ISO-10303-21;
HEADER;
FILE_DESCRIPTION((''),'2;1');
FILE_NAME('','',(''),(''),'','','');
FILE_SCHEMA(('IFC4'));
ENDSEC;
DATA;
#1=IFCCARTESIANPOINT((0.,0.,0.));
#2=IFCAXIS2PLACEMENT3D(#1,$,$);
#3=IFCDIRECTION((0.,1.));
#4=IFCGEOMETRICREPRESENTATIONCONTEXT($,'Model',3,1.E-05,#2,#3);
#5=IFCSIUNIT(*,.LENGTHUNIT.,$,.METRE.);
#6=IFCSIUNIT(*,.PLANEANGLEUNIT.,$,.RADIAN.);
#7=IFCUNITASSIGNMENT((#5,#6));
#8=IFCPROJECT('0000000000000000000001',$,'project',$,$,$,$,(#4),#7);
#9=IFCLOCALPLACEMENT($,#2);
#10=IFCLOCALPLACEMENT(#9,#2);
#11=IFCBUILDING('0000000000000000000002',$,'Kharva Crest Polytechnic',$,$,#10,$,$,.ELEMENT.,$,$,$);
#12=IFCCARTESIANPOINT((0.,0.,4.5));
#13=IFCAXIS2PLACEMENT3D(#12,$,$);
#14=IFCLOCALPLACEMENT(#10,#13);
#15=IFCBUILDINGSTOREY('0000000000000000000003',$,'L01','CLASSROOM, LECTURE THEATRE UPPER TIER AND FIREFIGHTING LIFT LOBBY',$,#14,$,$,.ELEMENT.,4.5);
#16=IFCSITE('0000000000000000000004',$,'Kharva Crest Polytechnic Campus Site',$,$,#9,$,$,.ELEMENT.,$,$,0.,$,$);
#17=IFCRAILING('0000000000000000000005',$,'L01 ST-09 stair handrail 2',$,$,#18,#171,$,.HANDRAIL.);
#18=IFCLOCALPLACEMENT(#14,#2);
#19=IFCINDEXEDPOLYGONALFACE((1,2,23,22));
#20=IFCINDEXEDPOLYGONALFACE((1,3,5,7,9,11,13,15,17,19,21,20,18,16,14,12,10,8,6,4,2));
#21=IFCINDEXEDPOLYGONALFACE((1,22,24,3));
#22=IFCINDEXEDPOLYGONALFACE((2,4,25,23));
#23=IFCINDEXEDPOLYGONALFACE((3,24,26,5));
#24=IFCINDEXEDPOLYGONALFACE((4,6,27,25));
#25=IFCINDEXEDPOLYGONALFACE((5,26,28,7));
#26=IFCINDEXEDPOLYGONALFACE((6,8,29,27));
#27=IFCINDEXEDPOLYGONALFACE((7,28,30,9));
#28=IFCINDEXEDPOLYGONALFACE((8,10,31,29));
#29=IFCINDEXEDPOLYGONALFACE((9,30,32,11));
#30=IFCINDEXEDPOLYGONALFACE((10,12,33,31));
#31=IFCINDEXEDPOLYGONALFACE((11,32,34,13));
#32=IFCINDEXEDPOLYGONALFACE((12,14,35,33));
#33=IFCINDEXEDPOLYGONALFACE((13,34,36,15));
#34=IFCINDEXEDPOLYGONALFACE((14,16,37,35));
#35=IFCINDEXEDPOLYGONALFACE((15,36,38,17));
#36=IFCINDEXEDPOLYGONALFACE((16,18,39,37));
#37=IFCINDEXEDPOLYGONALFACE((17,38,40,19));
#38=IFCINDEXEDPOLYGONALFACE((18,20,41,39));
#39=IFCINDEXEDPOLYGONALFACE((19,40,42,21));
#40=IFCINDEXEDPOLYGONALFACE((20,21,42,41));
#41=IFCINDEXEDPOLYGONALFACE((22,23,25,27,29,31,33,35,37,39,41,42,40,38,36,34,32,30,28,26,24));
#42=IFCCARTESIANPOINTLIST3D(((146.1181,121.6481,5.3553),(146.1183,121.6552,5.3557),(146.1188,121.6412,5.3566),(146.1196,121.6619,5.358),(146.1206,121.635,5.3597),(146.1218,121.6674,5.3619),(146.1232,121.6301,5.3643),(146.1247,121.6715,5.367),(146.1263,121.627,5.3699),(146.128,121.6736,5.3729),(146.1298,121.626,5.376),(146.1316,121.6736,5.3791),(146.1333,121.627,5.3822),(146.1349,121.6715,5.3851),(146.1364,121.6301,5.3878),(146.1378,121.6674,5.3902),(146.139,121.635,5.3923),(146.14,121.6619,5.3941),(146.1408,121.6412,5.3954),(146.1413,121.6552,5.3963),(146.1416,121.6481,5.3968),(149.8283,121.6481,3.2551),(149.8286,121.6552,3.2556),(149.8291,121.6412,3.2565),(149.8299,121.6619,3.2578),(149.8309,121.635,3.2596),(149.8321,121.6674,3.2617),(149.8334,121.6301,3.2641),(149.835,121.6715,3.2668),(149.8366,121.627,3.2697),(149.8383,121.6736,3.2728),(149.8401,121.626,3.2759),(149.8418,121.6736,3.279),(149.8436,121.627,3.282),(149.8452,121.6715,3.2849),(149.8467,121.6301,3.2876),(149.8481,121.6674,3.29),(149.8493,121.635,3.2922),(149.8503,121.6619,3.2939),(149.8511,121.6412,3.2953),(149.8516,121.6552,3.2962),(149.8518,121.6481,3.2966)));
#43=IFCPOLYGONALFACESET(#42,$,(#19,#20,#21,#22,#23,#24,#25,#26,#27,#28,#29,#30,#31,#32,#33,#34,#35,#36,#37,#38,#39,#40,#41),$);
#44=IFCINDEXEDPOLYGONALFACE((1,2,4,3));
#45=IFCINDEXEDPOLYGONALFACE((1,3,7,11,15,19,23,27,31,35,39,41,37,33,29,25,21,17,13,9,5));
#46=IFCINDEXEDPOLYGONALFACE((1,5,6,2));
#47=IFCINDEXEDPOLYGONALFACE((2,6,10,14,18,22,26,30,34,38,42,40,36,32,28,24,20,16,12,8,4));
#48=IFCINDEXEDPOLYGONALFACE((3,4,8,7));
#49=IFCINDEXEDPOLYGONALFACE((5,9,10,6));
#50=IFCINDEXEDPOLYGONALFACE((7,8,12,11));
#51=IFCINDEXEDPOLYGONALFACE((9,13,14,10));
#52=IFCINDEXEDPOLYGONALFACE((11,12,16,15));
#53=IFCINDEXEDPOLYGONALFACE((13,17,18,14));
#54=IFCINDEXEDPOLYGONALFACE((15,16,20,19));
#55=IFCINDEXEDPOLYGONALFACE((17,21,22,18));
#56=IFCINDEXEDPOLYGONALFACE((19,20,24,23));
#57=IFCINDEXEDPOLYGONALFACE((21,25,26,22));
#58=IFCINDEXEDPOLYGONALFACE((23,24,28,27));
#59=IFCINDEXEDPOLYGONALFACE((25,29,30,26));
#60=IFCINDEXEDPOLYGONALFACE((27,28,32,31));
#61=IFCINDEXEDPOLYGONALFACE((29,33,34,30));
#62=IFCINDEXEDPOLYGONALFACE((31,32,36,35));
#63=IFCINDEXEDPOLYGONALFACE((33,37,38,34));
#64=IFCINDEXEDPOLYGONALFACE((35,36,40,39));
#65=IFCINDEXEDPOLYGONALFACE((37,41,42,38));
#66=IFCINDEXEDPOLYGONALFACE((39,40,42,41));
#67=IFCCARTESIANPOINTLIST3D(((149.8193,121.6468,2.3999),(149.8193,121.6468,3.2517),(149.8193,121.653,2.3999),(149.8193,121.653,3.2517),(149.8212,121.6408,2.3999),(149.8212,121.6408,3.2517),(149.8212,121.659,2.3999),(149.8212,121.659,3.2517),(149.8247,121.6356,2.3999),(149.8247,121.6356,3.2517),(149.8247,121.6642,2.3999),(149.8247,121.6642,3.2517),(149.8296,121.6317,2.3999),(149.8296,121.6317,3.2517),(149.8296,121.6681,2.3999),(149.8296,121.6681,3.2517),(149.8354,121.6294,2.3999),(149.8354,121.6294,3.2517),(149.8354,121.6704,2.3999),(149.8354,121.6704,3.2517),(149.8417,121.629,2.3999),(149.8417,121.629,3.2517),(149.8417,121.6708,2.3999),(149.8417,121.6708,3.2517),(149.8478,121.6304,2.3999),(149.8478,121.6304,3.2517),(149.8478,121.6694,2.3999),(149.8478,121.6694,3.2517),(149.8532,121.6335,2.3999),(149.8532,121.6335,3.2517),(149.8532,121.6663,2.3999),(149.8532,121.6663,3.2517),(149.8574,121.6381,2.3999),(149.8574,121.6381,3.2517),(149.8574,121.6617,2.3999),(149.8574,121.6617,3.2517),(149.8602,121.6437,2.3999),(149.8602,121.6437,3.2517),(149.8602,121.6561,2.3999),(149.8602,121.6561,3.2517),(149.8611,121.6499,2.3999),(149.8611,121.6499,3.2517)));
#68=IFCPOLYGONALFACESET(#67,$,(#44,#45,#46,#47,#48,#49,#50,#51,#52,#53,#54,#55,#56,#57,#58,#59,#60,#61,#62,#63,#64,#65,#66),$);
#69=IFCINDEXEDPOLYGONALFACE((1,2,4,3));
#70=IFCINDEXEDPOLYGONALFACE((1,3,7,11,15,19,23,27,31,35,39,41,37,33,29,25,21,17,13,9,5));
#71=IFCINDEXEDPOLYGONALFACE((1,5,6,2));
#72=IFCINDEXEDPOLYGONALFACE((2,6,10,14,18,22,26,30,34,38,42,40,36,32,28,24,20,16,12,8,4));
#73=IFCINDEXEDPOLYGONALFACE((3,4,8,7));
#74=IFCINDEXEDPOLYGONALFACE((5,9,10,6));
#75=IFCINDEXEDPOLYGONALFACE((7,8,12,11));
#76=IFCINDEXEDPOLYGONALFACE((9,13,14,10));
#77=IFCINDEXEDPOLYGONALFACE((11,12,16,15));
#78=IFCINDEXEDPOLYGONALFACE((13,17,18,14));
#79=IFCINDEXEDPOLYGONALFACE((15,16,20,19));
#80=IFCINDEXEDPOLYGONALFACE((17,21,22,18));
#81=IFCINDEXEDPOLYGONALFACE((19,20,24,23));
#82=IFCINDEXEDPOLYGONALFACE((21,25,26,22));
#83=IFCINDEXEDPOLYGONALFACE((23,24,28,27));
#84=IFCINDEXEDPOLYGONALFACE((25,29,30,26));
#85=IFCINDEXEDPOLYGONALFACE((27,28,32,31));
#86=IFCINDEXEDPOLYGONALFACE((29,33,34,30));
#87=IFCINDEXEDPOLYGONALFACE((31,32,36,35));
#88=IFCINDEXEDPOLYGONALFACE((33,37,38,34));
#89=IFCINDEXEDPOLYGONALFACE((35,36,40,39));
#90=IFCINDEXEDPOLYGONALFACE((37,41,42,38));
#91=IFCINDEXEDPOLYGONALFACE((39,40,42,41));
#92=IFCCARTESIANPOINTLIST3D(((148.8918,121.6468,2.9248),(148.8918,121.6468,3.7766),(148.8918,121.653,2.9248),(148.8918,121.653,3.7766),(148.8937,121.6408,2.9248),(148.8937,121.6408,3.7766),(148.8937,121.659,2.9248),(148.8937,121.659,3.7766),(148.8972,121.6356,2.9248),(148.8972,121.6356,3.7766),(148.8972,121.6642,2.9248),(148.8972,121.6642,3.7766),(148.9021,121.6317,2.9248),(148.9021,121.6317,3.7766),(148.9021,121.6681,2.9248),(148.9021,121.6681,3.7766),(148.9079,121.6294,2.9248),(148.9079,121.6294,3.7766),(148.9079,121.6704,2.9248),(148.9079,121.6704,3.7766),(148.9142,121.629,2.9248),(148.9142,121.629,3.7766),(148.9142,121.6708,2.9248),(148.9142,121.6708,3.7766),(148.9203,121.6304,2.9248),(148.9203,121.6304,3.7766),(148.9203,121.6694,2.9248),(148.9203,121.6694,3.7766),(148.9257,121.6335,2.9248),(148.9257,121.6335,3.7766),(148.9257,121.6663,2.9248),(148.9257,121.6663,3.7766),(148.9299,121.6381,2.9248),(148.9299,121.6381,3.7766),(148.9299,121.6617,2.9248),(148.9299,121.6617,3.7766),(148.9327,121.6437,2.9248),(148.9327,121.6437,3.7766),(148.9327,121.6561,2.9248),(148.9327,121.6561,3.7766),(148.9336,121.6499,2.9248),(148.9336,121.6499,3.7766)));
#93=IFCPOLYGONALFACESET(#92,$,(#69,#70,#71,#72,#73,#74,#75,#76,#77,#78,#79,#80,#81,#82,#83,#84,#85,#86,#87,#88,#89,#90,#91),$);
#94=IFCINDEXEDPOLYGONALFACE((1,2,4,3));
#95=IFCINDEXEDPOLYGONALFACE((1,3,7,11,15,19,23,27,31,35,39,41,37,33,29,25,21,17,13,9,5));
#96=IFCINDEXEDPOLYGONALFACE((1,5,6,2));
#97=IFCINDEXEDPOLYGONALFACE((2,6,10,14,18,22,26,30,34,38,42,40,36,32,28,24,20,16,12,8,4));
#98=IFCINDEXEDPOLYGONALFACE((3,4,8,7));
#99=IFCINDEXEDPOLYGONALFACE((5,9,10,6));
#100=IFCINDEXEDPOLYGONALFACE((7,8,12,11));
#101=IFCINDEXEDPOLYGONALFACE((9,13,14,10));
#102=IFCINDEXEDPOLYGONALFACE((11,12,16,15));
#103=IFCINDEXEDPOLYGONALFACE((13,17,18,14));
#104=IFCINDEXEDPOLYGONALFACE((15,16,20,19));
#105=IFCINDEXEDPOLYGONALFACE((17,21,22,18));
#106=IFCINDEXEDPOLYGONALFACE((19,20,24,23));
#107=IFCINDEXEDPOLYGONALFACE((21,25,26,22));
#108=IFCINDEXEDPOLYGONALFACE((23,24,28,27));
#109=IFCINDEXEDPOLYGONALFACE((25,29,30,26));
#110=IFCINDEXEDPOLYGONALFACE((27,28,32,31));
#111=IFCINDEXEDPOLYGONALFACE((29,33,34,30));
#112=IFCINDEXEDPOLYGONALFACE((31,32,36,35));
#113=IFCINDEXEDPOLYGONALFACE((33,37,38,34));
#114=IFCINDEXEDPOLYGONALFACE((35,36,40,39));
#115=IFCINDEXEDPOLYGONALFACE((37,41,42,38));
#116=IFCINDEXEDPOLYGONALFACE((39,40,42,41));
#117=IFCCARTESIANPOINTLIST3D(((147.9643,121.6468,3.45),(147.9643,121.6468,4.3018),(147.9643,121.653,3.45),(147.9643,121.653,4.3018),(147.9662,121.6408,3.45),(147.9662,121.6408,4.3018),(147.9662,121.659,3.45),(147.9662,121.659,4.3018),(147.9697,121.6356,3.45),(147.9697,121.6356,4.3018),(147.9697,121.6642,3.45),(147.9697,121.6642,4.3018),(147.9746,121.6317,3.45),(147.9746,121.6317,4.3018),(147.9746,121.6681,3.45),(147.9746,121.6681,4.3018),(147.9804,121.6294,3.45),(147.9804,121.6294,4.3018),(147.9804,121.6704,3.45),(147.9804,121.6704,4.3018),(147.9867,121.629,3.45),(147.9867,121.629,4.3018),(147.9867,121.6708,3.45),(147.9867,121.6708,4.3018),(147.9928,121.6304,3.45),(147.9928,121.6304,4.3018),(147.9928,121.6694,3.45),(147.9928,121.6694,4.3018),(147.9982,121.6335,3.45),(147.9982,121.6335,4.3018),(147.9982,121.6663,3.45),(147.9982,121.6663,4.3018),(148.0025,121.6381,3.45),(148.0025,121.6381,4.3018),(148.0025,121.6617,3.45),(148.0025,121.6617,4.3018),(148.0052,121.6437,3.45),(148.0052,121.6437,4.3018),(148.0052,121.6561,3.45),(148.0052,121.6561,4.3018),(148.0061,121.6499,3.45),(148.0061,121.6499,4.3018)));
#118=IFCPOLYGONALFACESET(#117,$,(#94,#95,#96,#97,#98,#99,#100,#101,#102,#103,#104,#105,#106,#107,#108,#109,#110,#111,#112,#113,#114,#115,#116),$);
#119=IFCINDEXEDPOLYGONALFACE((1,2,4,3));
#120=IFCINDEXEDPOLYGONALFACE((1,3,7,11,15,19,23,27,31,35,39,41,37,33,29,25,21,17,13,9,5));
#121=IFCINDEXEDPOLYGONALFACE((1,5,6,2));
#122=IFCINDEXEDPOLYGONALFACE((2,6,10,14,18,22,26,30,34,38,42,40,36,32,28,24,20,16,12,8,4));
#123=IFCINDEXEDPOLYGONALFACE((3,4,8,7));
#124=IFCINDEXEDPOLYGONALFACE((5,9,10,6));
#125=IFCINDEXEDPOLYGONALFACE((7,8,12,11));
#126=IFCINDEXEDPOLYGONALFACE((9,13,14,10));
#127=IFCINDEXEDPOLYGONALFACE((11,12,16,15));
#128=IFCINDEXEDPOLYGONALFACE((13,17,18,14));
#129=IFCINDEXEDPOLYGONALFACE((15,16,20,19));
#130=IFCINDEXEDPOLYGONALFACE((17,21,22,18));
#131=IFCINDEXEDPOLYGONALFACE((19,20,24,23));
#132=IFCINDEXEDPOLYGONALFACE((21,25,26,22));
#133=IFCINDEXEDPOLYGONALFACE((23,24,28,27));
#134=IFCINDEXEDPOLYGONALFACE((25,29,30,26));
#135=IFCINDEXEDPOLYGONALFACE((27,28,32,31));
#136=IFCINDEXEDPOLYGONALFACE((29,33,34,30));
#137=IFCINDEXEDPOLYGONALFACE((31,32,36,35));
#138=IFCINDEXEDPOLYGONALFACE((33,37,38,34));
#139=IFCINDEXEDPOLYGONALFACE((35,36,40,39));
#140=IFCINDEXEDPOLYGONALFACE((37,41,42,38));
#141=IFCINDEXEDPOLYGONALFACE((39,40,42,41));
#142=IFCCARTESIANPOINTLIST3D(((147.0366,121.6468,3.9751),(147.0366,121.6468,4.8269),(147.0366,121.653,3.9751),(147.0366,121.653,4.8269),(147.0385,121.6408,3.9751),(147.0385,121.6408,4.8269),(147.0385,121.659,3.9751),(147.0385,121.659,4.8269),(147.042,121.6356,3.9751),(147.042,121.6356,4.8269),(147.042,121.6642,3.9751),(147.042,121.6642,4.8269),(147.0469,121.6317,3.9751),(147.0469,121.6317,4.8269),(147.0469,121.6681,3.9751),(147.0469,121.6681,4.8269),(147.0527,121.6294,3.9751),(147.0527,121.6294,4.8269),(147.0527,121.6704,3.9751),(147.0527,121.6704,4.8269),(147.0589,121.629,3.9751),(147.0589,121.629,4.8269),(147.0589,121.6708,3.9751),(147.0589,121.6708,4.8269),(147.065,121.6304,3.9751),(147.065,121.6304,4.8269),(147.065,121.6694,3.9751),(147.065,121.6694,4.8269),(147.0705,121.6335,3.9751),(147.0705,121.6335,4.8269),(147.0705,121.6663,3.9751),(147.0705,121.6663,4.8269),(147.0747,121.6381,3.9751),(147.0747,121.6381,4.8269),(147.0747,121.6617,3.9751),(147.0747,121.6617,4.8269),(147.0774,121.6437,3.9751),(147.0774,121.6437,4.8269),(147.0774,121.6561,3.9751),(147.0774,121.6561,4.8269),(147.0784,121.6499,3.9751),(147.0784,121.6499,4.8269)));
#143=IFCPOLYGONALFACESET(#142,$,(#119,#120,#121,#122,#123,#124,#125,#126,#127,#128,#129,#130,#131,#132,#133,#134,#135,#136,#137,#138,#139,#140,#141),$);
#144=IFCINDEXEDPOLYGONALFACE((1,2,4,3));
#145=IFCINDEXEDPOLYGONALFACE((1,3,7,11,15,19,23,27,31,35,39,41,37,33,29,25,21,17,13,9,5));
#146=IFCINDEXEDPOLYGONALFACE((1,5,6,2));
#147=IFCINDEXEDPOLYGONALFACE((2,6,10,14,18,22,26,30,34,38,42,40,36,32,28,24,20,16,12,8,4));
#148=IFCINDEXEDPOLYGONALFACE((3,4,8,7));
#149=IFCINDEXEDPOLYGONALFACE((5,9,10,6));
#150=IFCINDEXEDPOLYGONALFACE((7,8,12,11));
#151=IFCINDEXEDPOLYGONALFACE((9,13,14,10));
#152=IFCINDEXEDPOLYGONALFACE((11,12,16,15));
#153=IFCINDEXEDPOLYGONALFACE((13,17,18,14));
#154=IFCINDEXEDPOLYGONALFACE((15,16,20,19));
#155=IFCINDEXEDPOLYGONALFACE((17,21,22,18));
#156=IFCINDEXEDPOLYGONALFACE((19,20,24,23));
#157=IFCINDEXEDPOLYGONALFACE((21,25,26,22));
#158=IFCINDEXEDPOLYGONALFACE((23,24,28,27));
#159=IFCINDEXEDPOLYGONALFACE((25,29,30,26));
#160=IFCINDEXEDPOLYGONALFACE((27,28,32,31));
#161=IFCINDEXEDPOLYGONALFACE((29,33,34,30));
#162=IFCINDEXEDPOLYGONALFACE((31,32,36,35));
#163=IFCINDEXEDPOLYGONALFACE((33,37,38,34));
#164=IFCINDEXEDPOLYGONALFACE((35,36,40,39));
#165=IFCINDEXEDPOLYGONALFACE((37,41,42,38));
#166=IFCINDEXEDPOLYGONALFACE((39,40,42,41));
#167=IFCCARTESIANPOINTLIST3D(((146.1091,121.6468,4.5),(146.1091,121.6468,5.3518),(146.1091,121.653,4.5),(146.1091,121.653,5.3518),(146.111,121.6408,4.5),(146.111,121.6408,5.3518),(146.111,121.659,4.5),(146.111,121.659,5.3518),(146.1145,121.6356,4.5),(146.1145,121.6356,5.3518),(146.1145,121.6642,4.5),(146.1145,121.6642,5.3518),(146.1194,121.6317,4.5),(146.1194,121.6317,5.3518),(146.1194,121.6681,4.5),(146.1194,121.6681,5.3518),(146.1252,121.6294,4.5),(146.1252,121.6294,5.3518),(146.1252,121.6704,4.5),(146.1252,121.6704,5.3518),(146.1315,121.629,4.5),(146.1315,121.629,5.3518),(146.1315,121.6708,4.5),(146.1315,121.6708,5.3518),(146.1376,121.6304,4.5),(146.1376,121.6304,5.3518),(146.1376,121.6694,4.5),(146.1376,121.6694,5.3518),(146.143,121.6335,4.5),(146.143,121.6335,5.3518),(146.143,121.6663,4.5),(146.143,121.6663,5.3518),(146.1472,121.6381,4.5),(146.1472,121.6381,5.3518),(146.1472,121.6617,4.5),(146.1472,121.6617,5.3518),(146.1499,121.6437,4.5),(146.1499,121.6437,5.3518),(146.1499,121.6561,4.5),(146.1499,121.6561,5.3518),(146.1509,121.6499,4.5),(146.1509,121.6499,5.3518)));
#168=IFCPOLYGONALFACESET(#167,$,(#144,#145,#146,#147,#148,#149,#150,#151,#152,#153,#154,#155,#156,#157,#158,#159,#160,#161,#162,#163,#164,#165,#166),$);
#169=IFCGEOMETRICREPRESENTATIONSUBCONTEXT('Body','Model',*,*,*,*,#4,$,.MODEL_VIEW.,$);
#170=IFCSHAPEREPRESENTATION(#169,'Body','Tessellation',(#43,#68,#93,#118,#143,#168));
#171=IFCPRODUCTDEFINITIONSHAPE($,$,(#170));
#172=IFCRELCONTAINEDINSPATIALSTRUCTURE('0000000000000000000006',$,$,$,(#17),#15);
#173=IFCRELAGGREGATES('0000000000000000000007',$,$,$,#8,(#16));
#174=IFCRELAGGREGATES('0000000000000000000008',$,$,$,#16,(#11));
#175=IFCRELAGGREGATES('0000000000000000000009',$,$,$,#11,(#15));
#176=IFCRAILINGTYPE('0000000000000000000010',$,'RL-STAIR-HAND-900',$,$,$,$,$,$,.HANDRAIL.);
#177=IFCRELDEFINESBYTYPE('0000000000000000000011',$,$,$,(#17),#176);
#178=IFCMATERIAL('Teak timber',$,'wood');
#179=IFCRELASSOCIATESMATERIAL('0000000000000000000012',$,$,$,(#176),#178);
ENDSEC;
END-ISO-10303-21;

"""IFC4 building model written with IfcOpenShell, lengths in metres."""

from ifc_helpers import new_model, si_unit, direction, frame, origin, origin_2d, place, context, subcontext, project, spatial, circle, extrude, material, type_object, element, save


model = new_model("IFC4")

# Units and contexts
model_context = context("Model", 3, precision=1e-05, world=origin(), true_north=direction((0.0, 1.0)))
body_context = subcontext(model_context, "Body", "Model", "MODEL_VIEW")
ifc_project = project(units=[si_unit("LENGTHUNIT", "METRE"), si_unit("PLANEANGLEUNIT", "RADIAN")], contexts=[model_context])

# Site, building, storey
site_placement = place(None, origin())
site = spatial("IfcSite", under=ifc_project, at=site_placement, Name="Kharva Crest Polytechnic Campus Site", CompositionType="ELEMENT", RefElevation=0.0)
building_placement = place(site_placement, origin())
building = spatial("IfcBuilding", under=site, at=building_placement, Name="Kharva Crest Polytechnic", CompositionType="ELEMENT")
storey_placement = place(building_placement, frame((0.0, 0.0, 4.5)))
storey = spatial("IfcBuildingStorey", under=building, at=storey_placement, Name="L01", Description="CLASSROOM, LECTURE THEATRE UPPER TIER AND FIREFIGHTING LIFT LOBBY", CompositionType="ELEMENT", Elevation=4.5)

# Railing
ifc_material_1 = material(Name="Teak timber", Category="wood")
railing_type_1 = type_object("IfcRailingType", Name="RL-STAIR-HAND-900", PredefinedType="HANDRAIL", material=ifc_material_1)
railing_1_placement = place(storey_placement, frame((149.8401, 121.6499, 2.3999)))
element("IfcRailing", 1, at=railing_1_placement, inside=storey, type_object=railing_type_1, Name="L01 ST-09 stair handrail 2", PredefinedType="HANDRAIL", context=body_context, shape_type="SweptSolid", body=[
    extrude(circle(Radius=0.0239, at=origin_2d()), frame((0.0, 0.0, 0.876), z_axis=(-0.870259, 0.0, 0.492595), x_axis=(0.0, -1.0, 0.0)), (0.0, 0.0, 1.0), 4.2634),
    extrude(circle(Radius=0.021, at=origin_2d()), origin(), (0.0, 0.0, 1.0), 0.8518),
    extrude(circle(Radius=0.021, at=origin_2d()), frame((-0.9275, 0.0, 0.5249)), (0.0, 0.0, 1.0), 0.8518),
    extrude(circle(Radius=0.021, at=origin_2d()), frame((-1.855, 0.0, 1.05)), (0.0, 0.0, 1.0), 0.8518),
    extrude(circle(Radius=0.021, at=origin_2d()), frame((-2.7827, 0.0, 1.5752)), (0.0, 0.0, 1.0), 0.8518),
    extrude(circle(Radius=0.021, at=origin_2d()), frame((-3.7102, 0.0, 2.1001)), (0.0, 0.0, 1.0), 0.8518),
])

save(model, "model.ifc")
